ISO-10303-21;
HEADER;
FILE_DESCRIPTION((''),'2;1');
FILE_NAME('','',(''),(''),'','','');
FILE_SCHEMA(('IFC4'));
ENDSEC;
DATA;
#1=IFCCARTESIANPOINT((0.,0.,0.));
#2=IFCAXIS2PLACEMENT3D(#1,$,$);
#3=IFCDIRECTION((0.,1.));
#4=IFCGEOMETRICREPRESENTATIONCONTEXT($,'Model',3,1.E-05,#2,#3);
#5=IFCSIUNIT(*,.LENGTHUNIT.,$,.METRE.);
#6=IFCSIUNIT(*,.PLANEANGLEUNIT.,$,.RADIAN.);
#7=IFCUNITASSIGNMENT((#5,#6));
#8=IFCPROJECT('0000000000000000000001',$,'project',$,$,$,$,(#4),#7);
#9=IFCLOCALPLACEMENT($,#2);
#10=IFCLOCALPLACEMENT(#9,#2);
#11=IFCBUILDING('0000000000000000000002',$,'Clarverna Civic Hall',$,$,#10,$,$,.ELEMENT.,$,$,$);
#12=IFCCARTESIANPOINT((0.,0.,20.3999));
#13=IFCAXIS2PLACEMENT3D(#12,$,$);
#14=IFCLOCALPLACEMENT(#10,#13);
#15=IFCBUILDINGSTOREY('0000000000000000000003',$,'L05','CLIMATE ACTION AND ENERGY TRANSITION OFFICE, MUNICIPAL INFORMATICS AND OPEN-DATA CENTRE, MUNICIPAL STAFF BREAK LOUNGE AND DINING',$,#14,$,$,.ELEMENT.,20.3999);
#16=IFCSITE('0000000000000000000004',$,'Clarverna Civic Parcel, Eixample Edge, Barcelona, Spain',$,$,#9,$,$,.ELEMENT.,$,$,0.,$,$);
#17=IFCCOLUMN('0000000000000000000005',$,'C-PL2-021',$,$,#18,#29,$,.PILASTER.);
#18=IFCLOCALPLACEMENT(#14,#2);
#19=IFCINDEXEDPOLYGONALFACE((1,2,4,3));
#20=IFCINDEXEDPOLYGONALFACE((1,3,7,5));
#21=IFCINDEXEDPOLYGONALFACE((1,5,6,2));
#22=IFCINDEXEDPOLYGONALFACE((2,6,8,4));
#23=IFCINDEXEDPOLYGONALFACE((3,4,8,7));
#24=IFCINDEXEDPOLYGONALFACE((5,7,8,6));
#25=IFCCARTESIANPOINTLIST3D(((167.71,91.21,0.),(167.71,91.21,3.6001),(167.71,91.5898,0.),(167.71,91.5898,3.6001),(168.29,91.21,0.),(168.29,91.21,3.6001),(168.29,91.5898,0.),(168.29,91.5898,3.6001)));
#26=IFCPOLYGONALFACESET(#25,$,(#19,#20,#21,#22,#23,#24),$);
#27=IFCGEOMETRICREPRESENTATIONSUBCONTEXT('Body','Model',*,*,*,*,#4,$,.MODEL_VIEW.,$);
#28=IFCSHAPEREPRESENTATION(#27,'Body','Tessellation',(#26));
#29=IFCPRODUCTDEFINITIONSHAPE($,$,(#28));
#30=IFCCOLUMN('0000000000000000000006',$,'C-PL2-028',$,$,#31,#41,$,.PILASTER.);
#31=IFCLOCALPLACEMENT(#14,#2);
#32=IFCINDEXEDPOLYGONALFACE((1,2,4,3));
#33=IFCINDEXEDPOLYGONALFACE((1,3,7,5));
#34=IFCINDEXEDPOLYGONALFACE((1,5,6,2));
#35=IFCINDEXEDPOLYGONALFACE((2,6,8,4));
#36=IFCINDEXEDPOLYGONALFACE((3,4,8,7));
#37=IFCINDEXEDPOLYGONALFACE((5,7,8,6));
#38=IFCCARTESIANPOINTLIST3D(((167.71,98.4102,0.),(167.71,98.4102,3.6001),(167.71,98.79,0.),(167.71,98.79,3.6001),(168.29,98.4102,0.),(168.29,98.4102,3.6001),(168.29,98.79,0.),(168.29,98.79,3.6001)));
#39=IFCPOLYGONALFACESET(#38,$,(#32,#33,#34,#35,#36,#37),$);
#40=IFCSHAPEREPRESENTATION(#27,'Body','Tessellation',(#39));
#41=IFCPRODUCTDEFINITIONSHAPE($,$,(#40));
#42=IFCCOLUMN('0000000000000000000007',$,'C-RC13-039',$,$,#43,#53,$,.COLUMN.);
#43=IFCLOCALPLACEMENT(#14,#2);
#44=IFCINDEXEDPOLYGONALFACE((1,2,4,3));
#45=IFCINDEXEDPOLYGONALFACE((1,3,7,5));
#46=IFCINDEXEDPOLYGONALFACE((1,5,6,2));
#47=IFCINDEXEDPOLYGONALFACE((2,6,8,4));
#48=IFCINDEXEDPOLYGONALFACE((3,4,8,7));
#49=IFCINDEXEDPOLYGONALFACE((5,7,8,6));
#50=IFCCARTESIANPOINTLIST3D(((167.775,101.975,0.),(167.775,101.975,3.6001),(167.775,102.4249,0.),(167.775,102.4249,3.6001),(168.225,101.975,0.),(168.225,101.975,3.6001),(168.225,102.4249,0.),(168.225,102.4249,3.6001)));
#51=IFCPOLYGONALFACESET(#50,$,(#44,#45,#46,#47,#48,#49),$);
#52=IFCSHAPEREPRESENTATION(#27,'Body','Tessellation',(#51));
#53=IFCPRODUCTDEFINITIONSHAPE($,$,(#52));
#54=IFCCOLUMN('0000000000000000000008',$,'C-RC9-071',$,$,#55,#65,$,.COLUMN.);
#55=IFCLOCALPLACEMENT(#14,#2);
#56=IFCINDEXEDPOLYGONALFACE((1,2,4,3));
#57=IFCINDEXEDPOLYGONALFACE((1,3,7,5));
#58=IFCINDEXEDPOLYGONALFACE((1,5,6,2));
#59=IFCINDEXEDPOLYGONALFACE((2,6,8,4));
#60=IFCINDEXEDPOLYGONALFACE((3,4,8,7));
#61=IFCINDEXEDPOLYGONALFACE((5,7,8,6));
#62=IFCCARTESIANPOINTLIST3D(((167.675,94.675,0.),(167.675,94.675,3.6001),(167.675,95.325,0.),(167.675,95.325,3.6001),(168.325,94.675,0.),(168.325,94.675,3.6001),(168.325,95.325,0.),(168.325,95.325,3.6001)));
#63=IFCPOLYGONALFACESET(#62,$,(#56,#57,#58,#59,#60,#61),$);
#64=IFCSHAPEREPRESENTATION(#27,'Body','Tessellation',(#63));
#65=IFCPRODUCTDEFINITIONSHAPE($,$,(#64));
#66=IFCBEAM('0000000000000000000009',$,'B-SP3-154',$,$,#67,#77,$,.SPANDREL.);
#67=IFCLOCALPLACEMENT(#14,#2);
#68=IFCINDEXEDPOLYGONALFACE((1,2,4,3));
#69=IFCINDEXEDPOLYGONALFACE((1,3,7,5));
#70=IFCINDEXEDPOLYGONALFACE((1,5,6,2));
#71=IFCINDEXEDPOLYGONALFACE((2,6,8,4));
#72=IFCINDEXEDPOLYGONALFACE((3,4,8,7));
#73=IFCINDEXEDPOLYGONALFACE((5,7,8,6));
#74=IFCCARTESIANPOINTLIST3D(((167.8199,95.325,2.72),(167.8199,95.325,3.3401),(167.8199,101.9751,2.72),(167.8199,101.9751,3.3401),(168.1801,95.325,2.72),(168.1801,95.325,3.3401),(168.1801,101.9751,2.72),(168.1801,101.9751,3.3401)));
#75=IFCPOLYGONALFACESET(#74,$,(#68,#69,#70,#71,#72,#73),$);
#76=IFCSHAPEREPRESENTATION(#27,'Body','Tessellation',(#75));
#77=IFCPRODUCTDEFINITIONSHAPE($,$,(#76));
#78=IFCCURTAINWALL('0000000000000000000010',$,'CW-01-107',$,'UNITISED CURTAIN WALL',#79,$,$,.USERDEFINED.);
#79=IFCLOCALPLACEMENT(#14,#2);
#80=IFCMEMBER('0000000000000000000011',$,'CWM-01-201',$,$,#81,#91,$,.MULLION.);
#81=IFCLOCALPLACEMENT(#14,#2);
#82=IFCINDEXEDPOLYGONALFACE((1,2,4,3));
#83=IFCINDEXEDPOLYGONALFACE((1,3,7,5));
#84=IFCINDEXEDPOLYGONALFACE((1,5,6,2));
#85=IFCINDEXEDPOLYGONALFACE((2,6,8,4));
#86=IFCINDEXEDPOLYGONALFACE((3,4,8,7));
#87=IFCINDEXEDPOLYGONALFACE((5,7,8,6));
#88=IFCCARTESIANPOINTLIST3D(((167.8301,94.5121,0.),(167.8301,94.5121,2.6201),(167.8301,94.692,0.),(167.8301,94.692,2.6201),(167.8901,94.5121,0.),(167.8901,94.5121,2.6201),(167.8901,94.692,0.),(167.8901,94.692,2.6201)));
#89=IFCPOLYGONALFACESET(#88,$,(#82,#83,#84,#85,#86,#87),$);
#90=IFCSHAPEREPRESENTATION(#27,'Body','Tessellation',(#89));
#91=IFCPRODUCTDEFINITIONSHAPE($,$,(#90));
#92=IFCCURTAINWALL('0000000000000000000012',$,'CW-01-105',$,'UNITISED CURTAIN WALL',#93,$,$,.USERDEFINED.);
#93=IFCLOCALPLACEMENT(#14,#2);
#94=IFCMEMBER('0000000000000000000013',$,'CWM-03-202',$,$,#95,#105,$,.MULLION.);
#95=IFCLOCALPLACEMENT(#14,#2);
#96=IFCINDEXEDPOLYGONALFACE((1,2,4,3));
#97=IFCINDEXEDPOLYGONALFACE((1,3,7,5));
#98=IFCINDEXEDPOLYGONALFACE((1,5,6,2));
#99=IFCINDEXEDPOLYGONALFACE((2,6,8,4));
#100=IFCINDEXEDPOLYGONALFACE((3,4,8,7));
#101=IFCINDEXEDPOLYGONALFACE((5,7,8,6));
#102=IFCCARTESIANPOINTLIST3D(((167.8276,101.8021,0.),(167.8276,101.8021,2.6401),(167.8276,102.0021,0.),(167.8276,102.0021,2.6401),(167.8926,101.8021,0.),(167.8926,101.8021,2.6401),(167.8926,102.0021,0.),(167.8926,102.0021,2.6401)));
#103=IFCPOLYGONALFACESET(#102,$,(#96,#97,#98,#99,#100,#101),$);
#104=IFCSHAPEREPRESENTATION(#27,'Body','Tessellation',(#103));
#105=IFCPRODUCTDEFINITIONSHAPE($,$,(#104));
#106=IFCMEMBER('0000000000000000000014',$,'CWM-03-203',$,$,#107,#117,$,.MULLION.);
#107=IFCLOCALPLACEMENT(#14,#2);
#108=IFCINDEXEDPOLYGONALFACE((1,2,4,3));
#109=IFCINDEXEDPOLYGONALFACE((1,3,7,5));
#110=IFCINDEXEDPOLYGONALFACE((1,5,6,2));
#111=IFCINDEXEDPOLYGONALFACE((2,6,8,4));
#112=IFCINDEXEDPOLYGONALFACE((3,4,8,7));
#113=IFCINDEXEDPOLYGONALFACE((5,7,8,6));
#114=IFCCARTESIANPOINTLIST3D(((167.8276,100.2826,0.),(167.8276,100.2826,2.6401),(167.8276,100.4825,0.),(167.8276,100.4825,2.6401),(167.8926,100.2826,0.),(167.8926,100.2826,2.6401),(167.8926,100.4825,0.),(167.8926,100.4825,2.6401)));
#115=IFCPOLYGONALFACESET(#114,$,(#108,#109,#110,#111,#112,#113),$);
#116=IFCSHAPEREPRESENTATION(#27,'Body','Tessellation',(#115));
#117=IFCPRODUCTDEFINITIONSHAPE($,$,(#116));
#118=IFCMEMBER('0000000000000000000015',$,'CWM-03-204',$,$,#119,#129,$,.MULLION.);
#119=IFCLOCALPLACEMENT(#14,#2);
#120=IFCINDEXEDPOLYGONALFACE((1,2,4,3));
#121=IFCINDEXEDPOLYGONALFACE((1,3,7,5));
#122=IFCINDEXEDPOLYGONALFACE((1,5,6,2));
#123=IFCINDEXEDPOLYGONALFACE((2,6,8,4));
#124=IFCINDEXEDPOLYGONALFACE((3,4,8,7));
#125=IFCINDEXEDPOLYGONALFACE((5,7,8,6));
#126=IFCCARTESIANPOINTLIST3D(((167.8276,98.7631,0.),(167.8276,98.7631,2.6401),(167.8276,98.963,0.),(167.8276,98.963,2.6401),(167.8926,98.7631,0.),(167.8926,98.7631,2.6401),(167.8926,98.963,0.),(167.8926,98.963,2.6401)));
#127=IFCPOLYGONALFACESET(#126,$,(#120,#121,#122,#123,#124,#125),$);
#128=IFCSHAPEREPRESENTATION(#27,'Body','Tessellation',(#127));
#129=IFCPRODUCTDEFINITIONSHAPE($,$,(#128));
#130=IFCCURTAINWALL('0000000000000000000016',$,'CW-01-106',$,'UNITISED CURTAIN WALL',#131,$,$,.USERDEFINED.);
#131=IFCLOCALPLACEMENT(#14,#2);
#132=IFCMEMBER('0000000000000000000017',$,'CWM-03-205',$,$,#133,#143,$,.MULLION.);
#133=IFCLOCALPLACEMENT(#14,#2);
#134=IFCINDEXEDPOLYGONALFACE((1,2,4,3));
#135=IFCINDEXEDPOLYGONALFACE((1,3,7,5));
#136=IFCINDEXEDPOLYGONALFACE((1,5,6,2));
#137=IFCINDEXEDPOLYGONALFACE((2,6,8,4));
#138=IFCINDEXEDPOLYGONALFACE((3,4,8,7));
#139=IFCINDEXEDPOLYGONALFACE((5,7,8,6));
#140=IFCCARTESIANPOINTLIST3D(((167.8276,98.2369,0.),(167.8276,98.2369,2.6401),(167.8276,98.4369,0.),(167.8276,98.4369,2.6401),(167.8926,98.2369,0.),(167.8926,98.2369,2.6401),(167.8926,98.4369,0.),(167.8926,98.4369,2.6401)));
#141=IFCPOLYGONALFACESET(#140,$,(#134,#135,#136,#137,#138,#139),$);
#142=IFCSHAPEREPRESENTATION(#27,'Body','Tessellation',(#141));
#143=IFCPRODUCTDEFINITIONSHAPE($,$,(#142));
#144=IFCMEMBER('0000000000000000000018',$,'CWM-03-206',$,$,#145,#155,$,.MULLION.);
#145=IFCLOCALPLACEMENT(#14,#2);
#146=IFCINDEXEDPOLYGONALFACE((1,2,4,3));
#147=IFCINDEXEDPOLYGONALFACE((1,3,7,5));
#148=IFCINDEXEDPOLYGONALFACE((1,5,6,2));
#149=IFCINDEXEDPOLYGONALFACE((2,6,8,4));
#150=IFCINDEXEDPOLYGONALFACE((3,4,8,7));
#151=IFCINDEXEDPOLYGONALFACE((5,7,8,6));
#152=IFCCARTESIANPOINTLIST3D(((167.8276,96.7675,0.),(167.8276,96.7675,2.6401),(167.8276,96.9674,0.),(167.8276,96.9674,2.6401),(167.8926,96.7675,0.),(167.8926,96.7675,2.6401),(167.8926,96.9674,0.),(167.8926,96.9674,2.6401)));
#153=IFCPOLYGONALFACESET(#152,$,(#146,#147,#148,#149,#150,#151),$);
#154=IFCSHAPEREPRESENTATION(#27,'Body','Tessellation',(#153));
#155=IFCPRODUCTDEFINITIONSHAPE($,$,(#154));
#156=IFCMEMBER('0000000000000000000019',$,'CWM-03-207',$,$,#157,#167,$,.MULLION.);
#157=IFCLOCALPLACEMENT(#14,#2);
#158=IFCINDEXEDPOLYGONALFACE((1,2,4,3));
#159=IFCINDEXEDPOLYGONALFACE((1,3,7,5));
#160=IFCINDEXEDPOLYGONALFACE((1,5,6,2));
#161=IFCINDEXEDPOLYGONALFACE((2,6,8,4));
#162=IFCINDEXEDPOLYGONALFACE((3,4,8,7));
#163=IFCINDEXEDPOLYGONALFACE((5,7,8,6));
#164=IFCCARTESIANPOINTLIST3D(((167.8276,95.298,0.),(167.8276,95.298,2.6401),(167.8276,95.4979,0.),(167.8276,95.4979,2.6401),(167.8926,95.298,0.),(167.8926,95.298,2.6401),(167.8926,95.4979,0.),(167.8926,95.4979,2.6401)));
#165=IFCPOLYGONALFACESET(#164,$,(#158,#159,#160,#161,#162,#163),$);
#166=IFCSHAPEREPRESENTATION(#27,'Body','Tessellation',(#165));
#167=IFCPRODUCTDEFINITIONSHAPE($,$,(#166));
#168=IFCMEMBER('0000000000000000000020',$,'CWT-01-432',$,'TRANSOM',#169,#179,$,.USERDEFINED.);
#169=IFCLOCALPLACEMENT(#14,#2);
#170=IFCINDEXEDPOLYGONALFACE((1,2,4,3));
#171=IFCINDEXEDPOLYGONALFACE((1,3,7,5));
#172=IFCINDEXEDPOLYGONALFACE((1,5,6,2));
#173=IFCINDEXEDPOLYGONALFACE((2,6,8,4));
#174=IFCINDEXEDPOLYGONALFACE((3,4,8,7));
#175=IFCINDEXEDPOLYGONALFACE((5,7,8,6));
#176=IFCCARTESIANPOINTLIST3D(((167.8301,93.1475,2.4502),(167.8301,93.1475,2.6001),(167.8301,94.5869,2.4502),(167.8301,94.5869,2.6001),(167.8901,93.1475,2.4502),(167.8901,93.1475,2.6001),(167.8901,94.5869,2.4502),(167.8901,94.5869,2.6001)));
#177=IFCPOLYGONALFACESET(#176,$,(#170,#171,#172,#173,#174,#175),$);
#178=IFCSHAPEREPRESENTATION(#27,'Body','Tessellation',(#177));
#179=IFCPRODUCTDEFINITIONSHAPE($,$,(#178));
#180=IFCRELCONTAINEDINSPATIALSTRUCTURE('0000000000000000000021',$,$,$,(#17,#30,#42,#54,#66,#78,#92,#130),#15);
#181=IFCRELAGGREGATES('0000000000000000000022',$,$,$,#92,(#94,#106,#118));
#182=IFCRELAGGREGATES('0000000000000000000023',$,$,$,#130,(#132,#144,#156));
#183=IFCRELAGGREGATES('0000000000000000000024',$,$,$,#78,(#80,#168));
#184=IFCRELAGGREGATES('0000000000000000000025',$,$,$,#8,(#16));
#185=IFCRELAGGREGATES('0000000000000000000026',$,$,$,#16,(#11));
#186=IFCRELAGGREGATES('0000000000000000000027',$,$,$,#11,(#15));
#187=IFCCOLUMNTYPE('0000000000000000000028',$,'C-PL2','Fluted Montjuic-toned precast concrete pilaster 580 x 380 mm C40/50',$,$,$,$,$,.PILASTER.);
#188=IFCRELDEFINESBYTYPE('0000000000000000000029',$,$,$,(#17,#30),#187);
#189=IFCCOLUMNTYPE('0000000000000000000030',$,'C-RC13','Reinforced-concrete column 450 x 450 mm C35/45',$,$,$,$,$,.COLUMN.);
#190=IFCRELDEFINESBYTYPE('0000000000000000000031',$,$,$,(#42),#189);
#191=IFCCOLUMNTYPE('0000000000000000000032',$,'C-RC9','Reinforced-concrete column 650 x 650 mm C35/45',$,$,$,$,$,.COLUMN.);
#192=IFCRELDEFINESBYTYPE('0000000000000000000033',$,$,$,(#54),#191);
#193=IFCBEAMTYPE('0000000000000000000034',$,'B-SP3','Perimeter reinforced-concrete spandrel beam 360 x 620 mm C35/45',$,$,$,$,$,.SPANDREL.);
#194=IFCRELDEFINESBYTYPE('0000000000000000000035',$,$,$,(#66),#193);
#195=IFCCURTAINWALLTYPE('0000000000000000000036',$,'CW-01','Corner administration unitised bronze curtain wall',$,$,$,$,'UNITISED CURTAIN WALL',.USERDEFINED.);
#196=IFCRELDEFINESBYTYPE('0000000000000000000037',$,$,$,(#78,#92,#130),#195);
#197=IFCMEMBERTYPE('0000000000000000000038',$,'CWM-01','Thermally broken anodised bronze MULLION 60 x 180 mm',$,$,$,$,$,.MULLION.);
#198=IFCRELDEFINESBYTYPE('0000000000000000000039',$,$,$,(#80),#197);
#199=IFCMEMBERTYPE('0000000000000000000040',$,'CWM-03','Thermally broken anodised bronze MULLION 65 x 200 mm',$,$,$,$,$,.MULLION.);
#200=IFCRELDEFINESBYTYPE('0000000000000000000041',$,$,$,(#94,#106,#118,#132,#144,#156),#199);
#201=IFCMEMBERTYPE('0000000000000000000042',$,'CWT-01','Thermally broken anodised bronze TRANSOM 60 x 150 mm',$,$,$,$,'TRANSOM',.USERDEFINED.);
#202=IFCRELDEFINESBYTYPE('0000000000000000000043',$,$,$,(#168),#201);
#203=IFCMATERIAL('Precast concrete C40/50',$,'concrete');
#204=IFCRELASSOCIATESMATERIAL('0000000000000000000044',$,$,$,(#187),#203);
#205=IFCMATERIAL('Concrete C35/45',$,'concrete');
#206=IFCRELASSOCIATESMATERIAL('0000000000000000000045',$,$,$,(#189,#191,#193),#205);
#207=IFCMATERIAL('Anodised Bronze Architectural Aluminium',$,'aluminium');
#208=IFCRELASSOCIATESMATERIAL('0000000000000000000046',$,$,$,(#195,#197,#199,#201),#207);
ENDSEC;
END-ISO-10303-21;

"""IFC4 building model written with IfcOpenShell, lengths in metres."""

from ifc_helpers import new_model, si_unit, direction, frame, origin, origin_2d, place, context, subcontext, project, spatial, rectangle, extrude, material, material_profile, profile_set, type_object, element, aggregate, save


model = new_model("IFC4")

# Units and contexts
model_context = context("Model", 3, precision=1e-05, world=origin(), true_north=direction((0.0, 1.0)))
body_context = subcontext(model_context, "Body", "Model", "MODEL_VIEW")
ifc_project = project(units=[si_unit("LENGTHUNIT", "METRE"), si_unit("PLANEANGLEUNIT", "RADIAN")], contexts=[model_context])

# Site, building, storey
site_placement = place(None, origin())
site = spatial("IfcSite", under=ifc_project, at=site_placement, Name="Clarverna Civic Parcel, Eixample Edge, Barcelona, Spain", CompositionType="ELEMENT", RefElevation=0.0)
building_placement = place(site_placement, origin())
building = spatial("IfcBuilding", under=site, at=building_placement, Name="Clarverna Civic Hall", CompositionType="ELEMENT")
storey_placement = place(building_placement, frame((0.0, 0.0, 20.3999)))
storey = spatial("IfcBuildingStorey", under=building, at=storey_placement, Name="L05", Description="CLIMATE ACTION AND ENERGY TRANSITION OFFICE, MUNICIPAL INFORMATICS AND OPEN-DATA CENTRE, MUNICIPAL STAFF BREAK LOUNGE AND DINING", CompositionType="ELEMENT", Elevation=20.3999)

# Columns
ifc_material_1 = material(Name="Precast concrete C40/50", Category="concrete")
ifc_material_profile_1 = material_profile(ifc_material_1, rectangle(XDim=0.5801, YDim=0.3799, at=origin_2d()), Name="PILASTER 580x380")
ifc_profile_set_1 = profile_set([ifc_material_profile_1], Name="Precast concrete C40/50")
column_type_1 = type_object("IfcColumnType", Name="C-PL2", Description="Fluted Montjuic-toned precast concrete pilaster 580 x 380 mm C40/50", PredefinedType="PILASTER", material=ifc_profile_set_1)
for number, where, z_axis, x_axis, name in (
    (1, (168.0, 91.3999, 0.0), (0.0, 0.0, 1.0), (1.0, 0.0, 0.0), "C-PL2-021"),
    (2, (168.0, 98.6001, 0.0), (0.0, 0.0, 1.0), (1.0, 0.0, 0.0), "C-PL2-028"),
):
    element("IfcColumn", number, at=place(storey_placement, frame(where, z_axis=z_axis, x_axis=x_axis)), inside=storey, type_object=column_type_1, Name=name, PredefinedType="PILASTER", context=body_context, shape_type="SweptSolid", body=[
        extrude(rectangle(XDim=0.5801, YDim=0.3799, at=origin_2d()), origin(), (0.0, 0.0, 1.0), 3.6001),
    ])
ifc_material_2 = material(Name="Concrete C35/45", Category="concrete")
ifc_material_profile_2 = material_profile(ifc_material_2, rectangle(XDim=0.45, YDim=0.45, at=origin_2d()), Name="RC 450x450")
ifc_profile_set_2 = profile_set([ifc_material_profile_2], Name="Concrete C35/45")
column_type_2 = type_object("IfcColumnType", Name="C-RC13", Description="Reinforced-concrete column 450 x 450 mm C35/45", PredefinedType="COLUMN", material=ifc_profile_set_2)
column_1_placement = place(storey_placement, frame((168.0, 102.2, 0.0), z_axis=(0.0, 0.0, 1.0), x_axis=(1.0, 0.0, 0.0)))
element("IfcColumn", 3, at=column_1_placement, inside=storey, type_object=column_type_2, Name="C-RC13-039", PredefinedType="COLUMN", context=body_context, shape_type="SweptSolid", body=[
    extrude(rectangle(XDim=0.45, YDim=0.45, at=origin_2d()), origin(), (0.0, 0.0, 1.0), 3.6001),
])
ifc_material_profile_3 = material_profile(ifc_material_2, rectangle(XDim=0.6499, YDim=0.6499, at=origin_2d()), Name="RC 650x650")
ifc_profile_set_3 = profile_set([ifc_material_profile_3], Name="Concrete C35/45")
column_type_3 = type_object("IfcColumnType", Name="C-RC9", Description="Reinforced-concrete column 650 x 650 mm C35/45", PredefinedType="COLUMN", material=ifc_profile_set_3)
column_2_placement = place(storey_placement, frame((168.0, 95.0, 0.0), z_axis=(0.0, 0.0, 1.0), x_axis=(1.0, 0.0, 0.0)))
element("IfcColumn", 4, at=column_2_placement, inside=storey, type_object=column_type_3, Name="C-RC9-071", PredefinedType="COLUMN", context=body_context, shape_type="SweptSolid", body=[
    extrude(rectangle(XDim=0.6499, YDim=0.6499, at=origin_2d()), origin(), (0.0, 0.0, 1.0), 3.6001),
])

# Beam
ifc_material_profile_4 = material_profile(ifc_material_2, rectangle(XDim=0.3601, YDim=0.6201, at=origin_2d()), Name="RC 360x620")
ifc_profile_set_4 = profile_set([ifc_material_profile_4], Name="Concrete C35/45")
beam_type = type_object("IfcBeamType", Name="B-SP3", Description="Perimeter reinforced-concrete spandrel beam 360 x 620 mm C35/45", PredefinedType="SPANDREL", material=ifc_profile_set_4)
beam_placement = place(storey_placement, frame((168.0, 95.325, 3.03), z_axis=(0.0, 1.0, 0.0), x_axis=(-1.0, 0.0, 0.0)))
element("IfcBeam", 5, at=beam_placement, inside=storey, type_object=beam_type, Name="B-SP3-154", PredefinedType="SPANDREL", context=body_context, shape_type="SweptSolid", body=[
    extrude(rectangle(XDim=0.3601, YDim=0.6201, at=origin_2d()), origin(), (0.0, 0.0, 1.0), 6.6501),
])

# Curtain wall, member
ifc_material_3 = material(Name="Anodised Bronze Architectural Aluminium", Category="aluminium")
curtain_wall_type = type_object("IfcCurtainWallType", Name="CW-01", Description="Corner administration unitised bronze curtain wall", ElementType="UNITISED CURTAIN WALL", PredefinedType="USERDEFINED", material=ifc_material_3)
curtain_wall_1_placement = place(storey_placement, origin())
curtain_wall_1 = element("IfcCurtainWall", 6, at=curtain_wall_1_placement, inside=storey, type_object=curtain_wall_type, Name="CW-01-107", ObjectType="UNITISED CURTAIN WALL", PredefinedType="USERDEFINED")
ifc_material_profile_5 = material_profile(ifc_material_3, rectangle(XDim=0.0601, YDim=0.1799, at=origin_2d()), Name="BRONZE 60x180")
ifc_profile_set_5 = profile_set([ifc_material_profile_5], Name="Anodised Bronze Architectural Aluminium")
member_type_1 = type_object("IfcMemberType", Name="CWM-01", Description="Thermally broken anodised bronze MULLION 60 x 180 mm", PredefinedType="MULLION", material=ifc_profile_set_5)
member_1_placement = place(storey_placement, frame((167.8601, 94.6021, 0.0), z_axis=(0.0, 0.0, 1.0), x_axis=(1.0, 0.0, 0.0)))
member_1 = element("IfcMember", 7, at=member_1_placement, type_object=member_type_1, Name="CWM-01-201", PredefinedType="MULLION", context=body_context, shape_type="SweptSolid", body=[
    extrude(rectangle(XDim=0.0601, YDim=0.1799, at=origin_2d()), origin(), (0.0, 0.0, 1.0), 2.6201),
])

# Curtain walls, members
curtain_wall_2_placement = place(storey_placement, origin())
curtain_wall_2 = element("IfcCurtainWall", 8, at=curtain_wall_2_placement, inside=storey, type_object=curtain_wall_type, Name="CW-01-105", ObjectType="UNITISED CURTAIN WALL", PredefinedType="USERDEFINED")
ifc_material_profile_6 = material_profile(ifc_material_3, rectangle(XDim=0.0649, YDim=0.2, at=origin_2d()), Name="BRONZE 65x200")
ifc_profile_set_6 = profile_set([ifc_material_profile_6], Name="Anodised Bronze Architectural Aluminium")
member_type_2 = type_object("IfcMemberType", Name="CWM-03", Description="Thermally broken anodised bronze MULLION 65 x 200 mm", PredefinedType="MULLION", material=ifc_profile_set_6)
member_2_placement = place(storey_placement, frame((167.8601, 101.9021, 0.0), z_axis=(0.0, 0.0, 1.0), x_axis=(1.0, 0.0, 0.0)))
member_2 = element("IfcMember", 9, at=member_2_placement, type_object=member_type_2, Name="CWM-03-202", PredefinedType="MULLION", context=body_context, shape_type="SweptSolid", body=[
    extrude(rectangle(XDim=0.0649, YDim=0.2, at=origin_2d()), origin(), (0.0, 0.0, 1.0), 2.6401),
])
member_3_placement = place(storey_placement, frame((167.8601, 100.3826, 0.0), z_axis=(0.0, 0.0, 1.0), x_axis=(1.0, 0.0, 0.0)))
member_3 = element("IfcMember", 10, at=member_3_placement, type_object=member_type_2, Name="CWM-03-203", PredefinedType="MULLION", context=body_context, shape_type="SweptSolid", body=[
    extrude(rectangle(XDim=0.0649, YDim=0.2, at=origin_2d()), origin(), (0.0, 0.0, 1.0), 2.6401),
])
member_4_placement = place(storey_placement, frame((167.8601, 98.863, 0.0), z_axis=(0.0, 0.0, 1.0), x_axis=(1.0, 0.0, 0.0)))
member_4 = element("IfcMember", 11, at=member_4_placement, type_object=member_type_2, Name="CWM-03-204", PredefinedType="MULLION", context=body_context, shape_type="SweptSolid", body=[
    extrude(rectangle(XDim=0.0649, YDim=0.2, at=origin_2d()), origin(), (0.0, 0.0, 1.0), 2.6401),
])
curtain_wall_3_placement = place(storey_placement, origin())
curtain_wall_3 = element("IfcCurtainWall", 12, at=curtain_wall_3_placement, inside=storey, type_object=curtain_wall_type, Name="CW-01-106", ObjectType="UNITISED CURTAIN WALL", PredefinedType="USERDEFINED")
member_5_placement = place(storey_placement, frame((167.8601, 98.3369, 0.0), z_axis=(0.0, 0.0, 1.0), x_axis=(1.0, 0.0, 0.0)))
member_5 = element("IfcMember", 13, at=member_5_placement, type_object=member_type_2, Name="CWM-03-205", PredefinedType="MULLION", context=body_context, shape_type="SweptSolid", body=[
    extrude(rectangle(XDim=0.0649, YDim=0.2, at=origin_2d()), origin(), (0.0, 0.0, 1.0), 2.6401),
])
member_6_placement = place(storey_placement, frame((167.8601, 96.8674, 0.0), z_axis=(0.0, 0.0, 1.0), x_axis=(1.0, 0.0, 0.0)))
member_6 = element("IfcMember", 14, at=member_6_placement, type_object=member_type_2, Name="CWM-03-206", PredefinedType="MULLION", context=body_context, shape_type="SweptSolid", body=[
    extrude(rectangle(XDim=0.0649, YDim=0.2, at=origin_2d()), origin(), (0.0, 0.0, 1.0), 2.6401),
])
member_7_placement = place(storey_placement, frame((167.8601, 95.3979, 0.0), z_axis=(0.0, 0.0, 1.0), x_axis=(1.0, 0.0, 0.0)))
member_7 = element("IfcMember", 15, at=member_7_placement, type_object=member_type_2, Name="CWM-03-207", PredefinedType="MULLION", context=body_context, shape_type="SweptSolid", body=[
    extrude(rectangle(XDim=0.0649, YDim=0.2, at=origin_2d()), origin(), (0.0, 0.0, 1.0), 2.6401),
])

# Member
ifc_material_profile_7 = material_profile(ifc_material_3, rectangle(XDim=0.0601, YDim=0.1499, at=origin_2d()), Name="BRONZE 60x150")
ifc_profile_set_7 = profile_set([ifc_material_profile_7], Name="Anodised Bronze Architectural Aluminium")
member_type_3 = type_object("IfcMemberType", Name="CWT-01", Description="Thermally broken anodised bronze TRANSOM 60 x 150 mm", ElementType="TRANSOM", PredefinedType="USERDEFINED", material=ifc_profile_set_7)
member_8_placement = place(storey_placement, frame((167.8601, 94.5869, 2.5251), z_axis=(0.0, -1.0, 0.0), x_axis=(1.0, 0.0, 0.0)))
member_8 = element("IfcMember", 16, at=member_8_placement, type_object=member_type_3, Name="CWT-01-432", ObjectType="TRANSOM", PredefinedType="USERDEFINED", context=body_context, shape_type="SweptSolid", body=[
    extrude(rectangle(XDim=0.0601, YDim=0.1499, at=origin_2d()), origin(), (0.0, 0.0, 1.0), 1.4395),
])

aggregate(curtain_wall_2, [member_2, member_3, member_4])
aggregate(curtain_wall_3, [member_5, member_6, member_7])
aggregate(curtain_wall_1, [member_1, member_8])

save(model, "model.ifc")
